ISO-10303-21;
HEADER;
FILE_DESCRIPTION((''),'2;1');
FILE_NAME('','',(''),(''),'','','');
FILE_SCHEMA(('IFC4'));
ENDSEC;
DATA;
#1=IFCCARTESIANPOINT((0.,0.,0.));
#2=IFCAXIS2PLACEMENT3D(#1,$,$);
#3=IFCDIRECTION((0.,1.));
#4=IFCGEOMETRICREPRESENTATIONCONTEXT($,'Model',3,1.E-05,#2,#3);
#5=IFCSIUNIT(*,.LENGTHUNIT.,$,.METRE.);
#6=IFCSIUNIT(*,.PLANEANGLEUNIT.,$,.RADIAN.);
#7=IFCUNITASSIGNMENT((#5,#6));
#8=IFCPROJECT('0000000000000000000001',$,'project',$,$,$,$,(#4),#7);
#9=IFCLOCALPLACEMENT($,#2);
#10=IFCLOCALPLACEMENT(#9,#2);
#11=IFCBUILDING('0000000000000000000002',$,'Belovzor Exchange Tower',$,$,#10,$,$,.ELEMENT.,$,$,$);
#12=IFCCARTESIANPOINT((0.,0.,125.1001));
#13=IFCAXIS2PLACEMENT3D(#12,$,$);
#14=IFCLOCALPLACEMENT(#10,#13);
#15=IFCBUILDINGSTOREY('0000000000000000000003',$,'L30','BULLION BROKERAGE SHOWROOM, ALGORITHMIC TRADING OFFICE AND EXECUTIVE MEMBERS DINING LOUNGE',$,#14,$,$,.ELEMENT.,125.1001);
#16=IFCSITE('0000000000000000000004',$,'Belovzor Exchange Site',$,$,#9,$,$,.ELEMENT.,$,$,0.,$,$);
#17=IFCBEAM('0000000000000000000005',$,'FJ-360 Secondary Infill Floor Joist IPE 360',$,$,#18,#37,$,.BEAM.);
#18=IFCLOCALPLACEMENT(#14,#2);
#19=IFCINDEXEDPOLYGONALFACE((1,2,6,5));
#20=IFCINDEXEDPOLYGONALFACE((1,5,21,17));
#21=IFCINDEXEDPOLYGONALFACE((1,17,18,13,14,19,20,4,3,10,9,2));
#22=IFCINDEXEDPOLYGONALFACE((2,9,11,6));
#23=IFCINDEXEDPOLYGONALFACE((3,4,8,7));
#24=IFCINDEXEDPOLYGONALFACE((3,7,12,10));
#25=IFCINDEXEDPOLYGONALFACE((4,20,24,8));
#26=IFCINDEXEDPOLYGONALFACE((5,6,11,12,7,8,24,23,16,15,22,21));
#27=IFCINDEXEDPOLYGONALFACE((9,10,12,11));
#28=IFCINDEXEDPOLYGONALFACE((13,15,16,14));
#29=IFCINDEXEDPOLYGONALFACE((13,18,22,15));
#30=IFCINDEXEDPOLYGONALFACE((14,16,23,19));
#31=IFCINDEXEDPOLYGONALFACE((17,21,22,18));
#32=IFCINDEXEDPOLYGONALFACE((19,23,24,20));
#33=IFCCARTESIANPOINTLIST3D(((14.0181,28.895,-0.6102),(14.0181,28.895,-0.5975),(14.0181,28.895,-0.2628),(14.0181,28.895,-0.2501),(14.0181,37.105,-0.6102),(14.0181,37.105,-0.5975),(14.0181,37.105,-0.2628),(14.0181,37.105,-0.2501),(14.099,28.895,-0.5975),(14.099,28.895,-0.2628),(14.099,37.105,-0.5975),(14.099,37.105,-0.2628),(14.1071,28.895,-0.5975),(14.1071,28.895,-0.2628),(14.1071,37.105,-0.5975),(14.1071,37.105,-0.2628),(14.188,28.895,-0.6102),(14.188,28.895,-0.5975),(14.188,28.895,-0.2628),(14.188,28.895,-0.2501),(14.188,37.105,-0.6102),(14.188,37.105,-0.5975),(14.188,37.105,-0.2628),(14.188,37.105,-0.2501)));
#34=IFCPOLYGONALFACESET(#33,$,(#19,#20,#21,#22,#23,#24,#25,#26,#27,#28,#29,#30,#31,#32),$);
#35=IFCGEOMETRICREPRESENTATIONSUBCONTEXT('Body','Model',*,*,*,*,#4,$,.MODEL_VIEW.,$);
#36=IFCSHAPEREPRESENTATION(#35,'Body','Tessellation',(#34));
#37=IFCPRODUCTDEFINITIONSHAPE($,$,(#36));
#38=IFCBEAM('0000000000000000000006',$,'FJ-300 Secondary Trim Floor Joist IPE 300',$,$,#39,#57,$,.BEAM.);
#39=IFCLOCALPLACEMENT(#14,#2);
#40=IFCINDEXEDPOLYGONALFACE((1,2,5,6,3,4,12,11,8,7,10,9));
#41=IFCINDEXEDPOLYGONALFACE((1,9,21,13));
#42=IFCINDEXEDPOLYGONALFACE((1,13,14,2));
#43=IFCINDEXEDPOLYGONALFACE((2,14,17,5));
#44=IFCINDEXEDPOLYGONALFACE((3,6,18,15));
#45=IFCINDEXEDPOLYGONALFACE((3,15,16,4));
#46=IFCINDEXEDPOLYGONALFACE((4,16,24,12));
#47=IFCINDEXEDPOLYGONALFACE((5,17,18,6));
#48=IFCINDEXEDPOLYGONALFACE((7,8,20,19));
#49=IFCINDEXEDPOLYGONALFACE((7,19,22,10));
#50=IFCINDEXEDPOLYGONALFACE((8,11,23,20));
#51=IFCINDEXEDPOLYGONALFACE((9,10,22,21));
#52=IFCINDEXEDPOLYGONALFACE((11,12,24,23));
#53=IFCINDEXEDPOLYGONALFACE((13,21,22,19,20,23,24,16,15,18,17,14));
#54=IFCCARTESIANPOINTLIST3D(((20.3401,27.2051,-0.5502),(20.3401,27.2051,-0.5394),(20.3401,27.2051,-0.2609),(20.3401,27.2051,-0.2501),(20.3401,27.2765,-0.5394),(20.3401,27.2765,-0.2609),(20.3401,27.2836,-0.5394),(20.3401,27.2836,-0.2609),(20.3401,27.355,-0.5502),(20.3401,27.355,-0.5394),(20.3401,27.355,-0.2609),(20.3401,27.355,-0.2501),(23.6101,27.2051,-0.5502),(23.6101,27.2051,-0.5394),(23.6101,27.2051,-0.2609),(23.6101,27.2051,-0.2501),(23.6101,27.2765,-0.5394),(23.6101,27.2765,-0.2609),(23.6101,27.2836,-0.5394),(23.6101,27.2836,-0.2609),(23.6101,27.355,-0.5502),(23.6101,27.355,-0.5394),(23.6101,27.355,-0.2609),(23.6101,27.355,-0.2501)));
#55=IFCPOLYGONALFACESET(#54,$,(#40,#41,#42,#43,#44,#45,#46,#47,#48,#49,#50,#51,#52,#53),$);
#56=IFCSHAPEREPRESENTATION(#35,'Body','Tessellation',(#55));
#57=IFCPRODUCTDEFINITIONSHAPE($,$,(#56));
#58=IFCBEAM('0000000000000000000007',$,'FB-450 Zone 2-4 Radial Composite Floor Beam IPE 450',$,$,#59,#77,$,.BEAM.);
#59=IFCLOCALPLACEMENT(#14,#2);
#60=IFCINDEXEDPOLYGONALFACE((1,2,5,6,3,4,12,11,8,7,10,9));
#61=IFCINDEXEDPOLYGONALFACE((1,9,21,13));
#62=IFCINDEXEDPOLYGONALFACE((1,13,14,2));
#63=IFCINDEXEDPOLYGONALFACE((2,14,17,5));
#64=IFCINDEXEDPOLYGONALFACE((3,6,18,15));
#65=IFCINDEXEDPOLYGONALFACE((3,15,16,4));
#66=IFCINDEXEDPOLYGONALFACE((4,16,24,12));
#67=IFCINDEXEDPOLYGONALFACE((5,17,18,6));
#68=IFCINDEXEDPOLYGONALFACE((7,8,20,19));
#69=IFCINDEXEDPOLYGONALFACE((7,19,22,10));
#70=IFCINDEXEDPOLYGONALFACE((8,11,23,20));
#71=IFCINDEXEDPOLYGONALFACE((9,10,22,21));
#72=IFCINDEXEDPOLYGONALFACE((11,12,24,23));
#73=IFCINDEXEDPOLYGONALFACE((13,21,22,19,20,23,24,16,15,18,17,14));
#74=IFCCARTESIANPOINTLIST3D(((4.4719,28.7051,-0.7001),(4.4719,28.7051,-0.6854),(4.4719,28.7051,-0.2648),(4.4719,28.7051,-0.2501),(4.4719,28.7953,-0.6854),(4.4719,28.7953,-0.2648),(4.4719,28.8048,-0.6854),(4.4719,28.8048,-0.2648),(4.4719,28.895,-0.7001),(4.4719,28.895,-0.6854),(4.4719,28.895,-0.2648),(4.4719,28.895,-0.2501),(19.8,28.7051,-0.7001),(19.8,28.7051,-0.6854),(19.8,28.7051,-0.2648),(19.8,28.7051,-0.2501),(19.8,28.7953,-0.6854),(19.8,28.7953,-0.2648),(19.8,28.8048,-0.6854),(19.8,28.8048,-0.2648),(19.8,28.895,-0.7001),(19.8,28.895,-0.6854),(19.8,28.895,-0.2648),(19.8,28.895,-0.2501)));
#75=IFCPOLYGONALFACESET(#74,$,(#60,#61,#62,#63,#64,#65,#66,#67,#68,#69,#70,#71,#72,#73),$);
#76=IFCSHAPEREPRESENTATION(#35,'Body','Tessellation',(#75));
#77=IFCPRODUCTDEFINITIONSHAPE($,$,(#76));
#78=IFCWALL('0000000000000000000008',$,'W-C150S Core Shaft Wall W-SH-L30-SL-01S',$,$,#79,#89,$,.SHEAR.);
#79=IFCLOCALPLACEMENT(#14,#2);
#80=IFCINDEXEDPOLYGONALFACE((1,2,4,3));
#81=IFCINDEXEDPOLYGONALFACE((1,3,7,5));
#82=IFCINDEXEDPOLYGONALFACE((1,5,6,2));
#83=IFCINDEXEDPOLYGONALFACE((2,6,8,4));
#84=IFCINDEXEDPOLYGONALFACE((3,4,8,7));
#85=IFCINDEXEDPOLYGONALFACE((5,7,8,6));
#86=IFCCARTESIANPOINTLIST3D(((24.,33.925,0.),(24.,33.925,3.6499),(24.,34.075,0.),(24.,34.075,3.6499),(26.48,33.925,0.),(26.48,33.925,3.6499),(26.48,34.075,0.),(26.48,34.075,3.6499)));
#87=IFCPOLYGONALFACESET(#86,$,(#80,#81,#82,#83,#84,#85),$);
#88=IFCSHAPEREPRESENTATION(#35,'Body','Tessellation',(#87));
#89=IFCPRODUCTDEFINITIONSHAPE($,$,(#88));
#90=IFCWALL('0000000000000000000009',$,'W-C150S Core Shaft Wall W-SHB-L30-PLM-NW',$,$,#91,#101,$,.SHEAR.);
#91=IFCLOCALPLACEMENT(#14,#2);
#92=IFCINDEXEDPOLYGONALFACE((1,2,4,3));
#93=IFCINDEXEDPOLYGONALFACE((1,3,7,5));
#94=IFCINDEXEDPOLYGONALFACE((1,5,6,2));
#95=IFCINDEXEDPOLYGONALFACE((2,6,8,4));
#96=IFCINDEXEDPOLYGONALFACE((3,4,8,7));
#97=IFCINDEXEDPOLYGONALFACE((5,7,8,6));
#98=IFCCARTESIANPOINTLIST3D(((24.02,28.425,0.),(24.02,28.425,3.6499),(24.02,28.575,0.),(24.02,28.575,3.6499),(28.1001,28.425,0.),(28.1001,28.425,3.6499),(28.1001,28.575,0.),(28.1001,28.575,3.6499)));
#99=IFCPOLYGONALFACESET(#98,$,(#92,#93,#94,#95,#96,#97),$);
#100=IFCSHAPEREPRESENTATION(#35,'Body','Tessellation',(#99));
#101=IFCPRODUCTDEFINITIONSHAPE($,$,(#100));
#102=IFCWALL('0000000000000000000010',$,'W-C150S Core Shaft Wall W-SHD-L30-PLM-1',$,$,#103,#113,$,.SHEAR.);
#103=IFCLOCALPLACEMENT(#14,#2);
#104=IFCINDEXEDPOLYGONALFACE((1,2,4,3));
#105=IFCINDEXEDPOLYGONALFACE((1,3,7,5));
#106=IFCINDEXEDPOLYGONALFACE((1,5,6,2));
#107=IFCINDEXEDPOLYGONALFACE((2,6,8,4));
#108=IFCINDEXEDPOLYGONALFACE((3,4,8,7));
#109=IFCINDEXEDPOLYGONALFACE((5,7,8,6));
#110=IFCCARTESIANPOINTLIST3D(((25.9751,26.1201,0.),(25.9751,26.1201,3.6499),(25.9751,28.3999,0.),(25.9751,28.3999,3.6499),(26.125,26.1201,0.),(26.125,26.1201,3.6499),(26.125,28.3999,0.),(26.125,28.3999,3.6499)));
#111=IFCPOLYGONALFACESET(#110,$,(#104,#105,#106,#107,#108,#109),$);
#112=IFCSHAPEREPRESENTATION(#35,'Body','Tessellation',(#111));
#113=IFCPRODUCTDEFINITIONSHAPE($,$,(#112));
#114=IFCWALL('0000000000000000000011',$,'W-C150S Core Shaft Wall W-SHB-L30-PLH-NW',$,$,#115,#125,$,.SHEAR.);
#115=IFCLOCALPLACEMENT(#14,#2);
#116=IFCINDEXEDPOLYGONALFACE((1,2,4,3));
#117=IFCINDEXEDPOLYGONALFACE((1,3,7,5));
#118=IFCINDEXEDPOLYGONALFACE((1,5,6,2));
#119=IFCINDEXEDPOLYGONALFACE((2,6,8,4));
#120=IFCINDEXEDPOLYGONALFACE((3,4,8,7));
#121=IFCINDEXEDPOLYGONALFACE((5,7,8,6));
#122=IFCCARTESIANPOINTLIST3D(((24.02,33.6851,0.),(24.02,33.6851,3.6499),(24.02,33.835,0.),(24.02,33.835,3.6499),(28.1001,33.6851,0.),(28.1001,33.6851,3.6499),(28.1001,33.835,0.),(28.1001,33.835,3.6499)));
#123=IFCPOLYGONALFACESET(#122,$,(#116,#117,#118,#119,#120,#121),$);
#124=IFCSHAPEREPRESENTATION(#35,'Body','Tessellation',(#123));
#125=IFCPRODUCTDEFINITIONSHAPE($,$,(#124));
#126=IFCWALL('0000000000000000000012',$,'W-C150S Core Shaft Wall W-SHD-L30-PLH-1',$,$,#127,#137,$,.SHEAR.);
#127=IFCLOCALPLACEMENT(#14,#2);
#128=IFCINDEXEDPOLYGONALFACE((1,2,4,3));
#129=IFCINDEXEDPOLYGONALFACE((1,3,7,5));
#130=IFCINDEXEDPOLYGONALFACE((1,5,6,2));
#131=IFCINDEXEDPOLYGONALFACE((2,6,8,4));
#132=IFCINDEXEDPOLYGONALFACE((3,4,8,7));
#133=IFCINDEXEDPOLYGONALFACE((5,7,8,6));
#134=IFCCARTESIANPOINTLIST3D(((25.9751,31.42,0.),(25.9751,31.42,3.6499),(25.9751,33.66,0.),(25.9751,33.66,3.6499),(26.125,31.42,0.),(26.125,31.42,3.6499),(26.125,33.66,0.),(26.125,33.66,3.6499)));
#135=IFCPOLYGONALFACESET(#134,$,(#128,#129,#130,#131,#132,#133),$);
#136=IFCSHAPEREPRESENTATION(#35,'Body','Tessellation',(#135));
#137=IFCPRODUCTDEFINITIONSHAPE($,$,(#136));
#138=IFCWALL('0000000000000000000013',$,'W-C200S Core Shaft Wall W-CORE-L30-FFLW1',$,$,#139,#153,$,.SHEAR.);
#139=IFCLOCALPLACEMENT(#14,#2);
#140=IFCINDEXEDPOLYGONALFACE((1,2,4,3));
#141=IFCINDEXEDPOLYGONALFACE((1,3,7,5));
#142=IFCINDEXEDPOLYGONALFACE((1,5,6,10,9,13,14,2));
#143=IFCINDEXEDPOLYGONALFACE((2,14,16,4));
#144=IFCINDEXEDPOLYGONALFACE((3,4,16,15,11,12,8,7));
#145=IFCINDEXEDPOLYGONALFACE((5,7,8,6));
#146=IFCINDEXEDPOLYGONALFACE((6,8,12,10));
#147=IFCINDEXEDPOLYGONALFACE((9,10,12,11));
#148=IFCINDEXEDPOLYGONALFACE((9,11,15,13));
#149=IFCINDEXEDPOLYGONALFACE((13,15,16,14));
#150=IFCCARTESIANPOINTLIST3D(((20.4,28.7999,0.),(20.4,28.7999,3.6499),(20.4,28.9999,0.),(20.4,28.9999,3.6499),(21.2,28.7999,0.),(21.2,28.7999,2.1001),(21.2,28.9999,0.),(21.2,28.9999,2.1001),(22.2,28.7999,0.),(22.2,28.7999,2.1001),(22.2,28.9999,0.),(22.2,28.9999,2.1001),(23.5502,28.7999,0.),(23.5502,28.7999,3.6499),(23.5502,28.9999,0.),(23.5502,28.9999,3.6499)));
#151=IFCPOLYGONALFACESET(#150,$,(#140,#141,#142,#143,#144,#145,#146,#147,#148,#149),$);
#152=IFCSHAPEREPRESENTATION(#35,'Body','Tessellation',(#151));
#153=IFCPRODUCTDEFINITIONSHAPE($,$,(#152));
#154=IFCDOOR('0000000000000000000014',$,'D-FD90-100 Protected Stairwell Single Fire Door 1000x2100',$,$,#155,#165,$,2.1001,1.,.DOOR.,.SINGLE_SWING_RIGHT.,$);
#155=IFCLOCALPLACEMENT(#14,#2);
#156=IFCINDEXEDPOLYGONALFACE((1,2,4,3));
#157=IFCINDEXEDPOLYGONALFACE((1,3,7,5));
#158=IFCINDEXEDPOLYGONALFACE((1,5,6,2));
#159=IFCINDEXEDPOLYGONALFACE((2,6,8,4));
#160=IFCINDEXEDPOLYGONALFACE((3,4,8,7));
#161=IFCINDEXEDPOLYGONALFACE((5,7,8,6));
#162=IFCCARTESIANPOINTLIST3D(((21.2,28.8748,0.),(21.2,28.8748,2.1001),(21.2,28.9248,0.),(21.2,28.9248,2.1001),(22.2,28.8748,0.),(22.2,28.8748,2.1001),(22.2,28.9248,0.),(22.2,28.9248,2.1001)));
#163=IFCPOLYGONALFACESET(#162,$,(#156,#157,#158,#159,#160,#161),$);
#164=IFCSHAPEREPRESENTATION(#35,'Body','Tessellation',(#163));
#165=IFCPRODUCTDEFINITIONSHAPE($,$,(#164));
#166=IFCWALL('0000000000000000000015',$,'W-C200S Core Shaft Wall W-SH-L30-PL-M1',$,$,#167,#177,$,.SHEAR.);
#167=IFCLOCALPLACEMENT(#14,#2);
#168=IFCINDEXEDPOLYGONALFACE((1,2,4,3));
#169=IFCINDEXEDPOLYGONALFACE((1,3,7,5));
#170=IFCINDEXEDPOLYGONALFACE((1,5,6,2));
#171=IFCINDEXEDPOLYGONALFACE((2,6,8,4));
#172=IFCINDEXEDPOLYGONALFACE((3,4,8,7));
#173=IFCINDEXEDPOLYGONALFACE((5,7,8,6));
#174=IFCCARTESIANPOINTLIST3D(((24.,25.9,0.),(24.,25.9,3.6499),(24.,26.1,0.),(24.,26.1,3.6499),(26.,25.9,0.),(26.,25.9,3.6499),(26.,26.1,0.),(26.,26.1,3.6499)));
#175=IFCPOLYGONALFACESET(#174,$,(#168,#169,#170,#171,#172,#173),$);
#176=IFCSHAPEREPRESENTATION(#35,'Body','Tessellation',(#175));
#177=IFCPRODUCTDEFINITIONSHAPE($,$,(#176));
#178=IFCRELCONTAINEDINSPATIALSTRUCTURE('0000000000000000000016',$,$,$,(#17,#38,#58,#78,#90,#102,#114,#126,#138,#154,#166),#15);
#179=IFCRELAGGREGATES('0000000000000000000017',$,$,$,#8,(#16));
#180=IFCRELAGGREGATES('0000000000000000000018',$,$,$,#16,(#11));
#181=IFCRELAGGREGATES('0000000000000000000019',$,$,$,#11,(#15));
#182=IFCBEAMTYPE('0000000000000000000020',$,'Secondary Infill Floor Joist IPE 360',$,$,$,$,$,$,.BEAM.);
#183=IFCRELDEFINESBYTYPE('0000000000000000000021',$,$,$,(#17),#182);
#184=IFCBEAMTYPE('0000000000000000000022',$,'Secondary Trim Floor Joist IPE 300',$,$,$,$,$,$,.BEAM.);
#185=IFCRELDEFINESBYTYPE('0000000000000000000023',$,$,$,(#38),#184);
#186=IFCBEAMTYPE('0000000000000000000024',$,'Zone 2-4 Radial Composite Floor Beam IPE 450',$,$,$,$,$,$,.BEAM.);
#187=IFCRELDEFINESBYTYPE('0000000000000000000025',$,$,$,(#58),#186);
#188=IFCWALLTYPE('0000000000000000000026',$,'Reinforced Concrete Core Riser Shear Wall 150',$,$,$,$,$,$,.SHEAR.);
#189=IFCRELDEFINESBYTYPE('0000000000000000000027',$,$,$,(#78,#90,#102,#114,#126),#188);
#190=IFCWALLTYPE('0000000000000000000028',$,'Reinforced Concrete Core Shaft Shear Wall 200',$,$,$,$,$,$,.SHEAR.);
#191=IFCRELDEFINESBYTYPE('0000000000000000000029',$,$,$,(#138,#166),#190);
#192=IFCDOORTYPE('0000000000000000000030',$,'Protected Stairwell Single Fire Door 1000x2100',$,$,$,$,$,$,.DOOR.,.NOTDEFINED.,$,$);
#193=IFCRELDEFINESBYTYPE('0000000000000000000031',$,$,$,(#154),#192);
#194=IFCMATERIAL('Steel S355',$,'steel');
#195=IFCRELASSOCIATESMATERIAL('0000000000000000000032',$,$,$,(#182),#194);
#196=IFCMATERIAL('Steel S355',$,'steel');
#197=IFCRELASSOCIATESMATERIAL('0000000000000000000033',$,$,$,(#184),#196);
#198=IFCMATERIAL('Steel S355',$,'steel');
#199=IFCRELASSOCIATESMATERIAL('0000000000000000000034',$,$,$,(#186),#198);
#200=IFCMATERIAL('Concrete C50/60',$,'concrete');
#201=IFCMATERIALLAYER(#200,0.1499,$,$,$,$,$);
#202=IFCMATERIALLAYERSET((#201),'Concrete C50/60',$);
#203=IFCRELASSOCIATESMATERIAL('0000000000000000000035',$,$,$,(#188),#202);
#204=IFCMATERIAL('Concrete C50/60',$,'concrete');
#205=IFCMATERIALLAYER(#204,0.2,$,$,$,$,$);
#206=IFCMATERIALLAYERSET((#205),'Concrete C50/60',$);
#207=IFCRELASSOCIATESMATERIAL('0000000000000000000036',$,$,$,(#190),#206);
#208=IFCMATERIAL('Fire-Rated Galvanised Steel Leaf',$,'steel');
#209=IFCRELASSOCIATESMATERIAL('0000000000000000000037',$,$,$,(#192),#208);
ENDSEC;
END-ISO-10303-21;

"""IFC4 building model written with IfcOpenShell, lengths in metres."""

from ifc_helpers import new_model, si_unit, direction, frame, frame_2d, origin, origin_2d, place, context, subcontext, project, spatial, rectangle, i_section, extrude, material, layer, layer_set, material_profile, profile_set, type_object, element, fill, save


model = new_model("IFC4")

# Units and contexts
model_context = context("Model", 3, precision=1e-05, world=origin(), true_north=direction((0.0, 1.0)))
body_context = subcontext(model_context, "Body", "Model", "MODEL_VIEW")
ifc_project = project(units=[si_unit("LENGTHUNIT", "METRE"), si_unit("PLANEANGLEUNIT", "RADIAN")], contexts=[model_context])

# Site, building, storey
site_placement = place(None, origin())
site = spatial("IfcSite", under=ifc_project, at=site_placement, Name="Belovzor Exchange Site", CompositionType="ELEMENT", RefElevation=0.0)
building_placement = place(site_placement, origin())
building = spatial("IfcBuilding", under=site, at=building_placement, Name="Belovzor Exchange Tower", CompositionType="ELEMENT")
storey_placement = place(building_placement, frame((0.0, 0.0, 125.1001)))
storey = spatial("IfcBuildingStorey", under=building, at=storey_placement, Name="L30", Description="BULLION BROKERAGE SHOWROOM, ALGORITHMIC TRADING OFFICE AND EXECUTIVE MEMBERS DINING LOUNGE", CompositionType="ELEMENT", Elevation=125.1001)

# Beams
ifc_material_1 = material(Name="Steel S355", Category="steel")
ifc_material_profile_1 = material_profile(ifc_material_1, i_section(OverallWidth=0.1699, OverallDepth=0.3601, WebThickness=0.0081, FlangeThickness=0.0127, at=origin_2d()))
ifc_profile_set_1 = profile_set([ifc_material_profile_1], Name="Steel S355")
beam_type_1 = type_object("IfcBeamType", Name="Secondary Infill Floor Joist IPE 360", PredefinedType="BEAM", material=ifc_profile_set_1)
beam_1_placement = place(storey_placement, frame((14.103, 28.895, -0.4302), z_axis=(0.0, 1.0, 0.0), x_axis=(-1.0, 0.0, 0.0)))
element("IfcBeam", 1, at=beam_1_placement, inside=storey, type_object=beam_type_1, Name="FJ-360 Secondary Infill Floor Joist IPE 360", PredefinedType="BEAM", context=body_context, shape_type="SweptSolid", body=[
    extrude(i_section(OverallWidth=0.1699, OverallDepth=0.3601, WebThickness=0.0081, FlangeThickness=0.0127, at=origin_2d()), origin(), (0.0, 0.0, 1.0), 8.21),
])
ifc_material_2 = material(Name="Steel S355", Category="steel")
ifc_material_profile_2 = material_profile(ifc_material_2, i_section(OverallWidth=0.1499, OverallDepth=0.3, WebThickness=0.0071, FlangeThickness=0.0107, at=origin_2d()))
ifc_profile_set_2 = profile_set([ifc_material_profile_2], Name="Steel S355")
beam_type_2 = type_object("IfcBeamType", Name="Secondary Trim Floor Joist IPE 300", PredefinedType="BEAM", material=ifc_profile_set_2)
beam_2_placement = place(storey_placement, frame((20.3401, 27.28, -0.4001), z_axis=(1.0, 0.0, 0.0), x_axis=(0.0, 1.0, 0.0)))
element("IfcBeam", 2, at=beam_2_placement, inside=storey, type_object=beam_type_2, Name="FJ-300 Secondary Trim Floor Joist IPE 300", PredefinedType="BEAM", context=body_context, shape_type="SweptSolid", body=[
    extrude(i_section(OverallWidth=0.1499, OverallDepth=0.3, WebThickness=0.0071, FlangeThickness=0.0107, at=origin_2d()), origin(), (0.0, 0.0, 1.0), 3.27),
])
ifc_material_3 = material(Name="Steel S355", Category="steel")
ifc_material_profile_3 = material_profile(ifc_material_3, i_section(OverallWidth=0.1899, OverallDepth=0.45, WebThickness=0.0095, FlangeThickness=0.0146, at=origin_2d()))
ifc_profile_set_3 = profile_set([ifc_material_profile_3], Name="Steel S355")
beam_type_3 = type_object("IfcBeamType", Name="Zone 2-4 Radial Composite Floor Beam IPE 450", PredefinedType="BEAM", material=ifc_profile_set_3)
beam_3_placement = place(storey_placement, frame((19.8, 28.8, -0.4751), z_axis=(-1.0, 0.0, 0.0), x_axis=(0.0, -1.0, 0.0)))
element("IfcBeam", 3, at=beam_3_placement, inside=storey, type_object=beam_type_3, Name="FB-450 Zone 2-4 Radial Composite Floor Beam IPE 450", PredefinedType="BEAM", context=body_context, shape_type="SweptSolid", body=[
    extrude(i_section(OverallWidth=0.1899, OverallDepth=0.45, WebThickness=0.0095, FlangeThickness=0.0146, at=origin_2d()), origin(), (0.0, 0.0, 1.0), 15.3281),
])

# Walls
ifc_material_4 = material(Name="Concrete C50/60", Category="concrete")
ifc_layer_1 = layer(ifc_material_4, 0.1499)
ifc_layer_set_1 = layer_set([ifc_layer_1], Name="Concrete C50/60")
wall_type_1 = type_object("IfcWallType", Name="Reinforced Concrete Core Riser Shear Wall 150", PredefinedType="SHEAR", material=ifc_layer_set_1)
wall_1_placement = place(storey_placement, frame((24.0, 34.0, 0.0), z_axis=(0.0, 0.0, 1.0), x_axis=(1.0, 0.0, 0.0)))
element("IfcWall", 4, at=wall_1_placement, inside=storey, type_object=wall_type_1, Name="W-C150S Core Shaft Wall W-SH-L30-SL-01S", PredefinedType="SHEAR", context=body_context, shape_type="SweptSolid", body=[
    extrude(rectangle(XDim=2.48, YDim=0.1499, at=frame_2d((1.24, 0.0))), origin(), (0.0, 0.0, 1.0), 3.6499),
])
wall_2_placement = place(storey_placement, frame((24.02, 28.5, 0.0), z_axis=(0.0, 0.0, 1.0), x_axis=(1.0, 0.0, 0.0)))
element("IfcWall", 5, at=wall_2_placement, inside=storey, type_object=wall_type_1, Name="W-C150S Core Shaft Wall W-SHB-L30-PLM-NW", PredefinedType="SHEAR", context=body_context, shape_type="SweptSolid", body=[
    extrude(rectangle(XDim=4.0801, YDim=0.1499, at=frame_2d((2.04, 0.0))), origin(), (0.0, 0.0, 1.0), 3.6499),
])
wall_3_placement = place(storey_placement, frame((26.05, 26.1201, 0.0), z_axis=(0.0, 0.0, 1.0), x_axis=(0.0, 1.0, 0.0)))
element("IfcWall", 6, at=wall_3_placement, inside=storey, type_object=wall_type_1, Name="W-C150S Core Shaft Wall W-SHD-L30-PLM-1", PredefinedType="SHEAR", context=body_context, shape_type="SweptSolid", body=[
    extrude(rectangle(XDim=2.2798, YDim=0.1499, at=frame_2d((1.1399, 0.0))), origin(), (0.0, 0.0, 1.0), 3.6499),
])
wall_4_placement = place(storey_placement, frame((24.02, 33.76, 0.0), z_axis=(0.0, 0.0, 1.0), x_axis=(1.0, 0.0, 0.0)))
element("IfcWall", 7, at=wall_4_placement, inside=storey, type_object=wall_type_1, Name="W-C150S Core Shaft Wall W-SHB-L30-PLH-NW", PredefinedType="SHEAR", context=body_context, shape_type="SweptSolid", body=[
    extrude(rectangle(XDim=4.0801, YDim=0.1499, at=frame_2d((2.04, 0.0))), origin(), (0.0, 0.0, 1.0), 3.6499),
])
wall_5_placement = place(storey_placement, frame((26.05, 31.4199, 0.0), z_axis=(0.0, 0.0, 1.0), x_axis=(0.0, 1.0, 0.0)))
element("IfcWall", 8, at=wall_5_placement, inside=storey, type_object=wall_type_1, Name="W-C150S Core Shaft Wall W-SHD-L30-PLH-1", PredefinedType="SHEAR", context=body_context, shape_type="SweptSolid", body=[
    extrude(rectangle(XDim=2.24, YDim=0.1499, at=frame_2d((1.1201, 0.0))), origin(), (0.0, 0.0, 1.0), 3.6499),
])

# Wall, opening, door
ifc_material_5 = material(Name="Concrete C50/60", Category="concrete")
ifc_layer_2 = layer(ifc_material_5, 0.2)
ifc_layer_set_2 = layer_set([ifc_layer_2], Name="Concrete C50/60")
wall_type_2 = type_object("IfcWallType", Name="Reinforced Concrete Core Shaft Shear Wall 200", PredefinedType="SHEAR", material=ifc_layer_set_2)
wall_6_placement = place(storey_placement, frame((20.3999, 28.8999, 0.0), z_axis=(0.0, 0.0, 1.0), x_axis=(1.0, 0.0, 0.0)))
wall_6 = element("IfcWall", 9, at=wall_6_placement, inside=storey, type_object=wall_type_2, Name="W-C200S Core Shaft Wall W-CORE-L30-FFLW1", PredefinedType="SHEAR", context=body_context, shape_type="SweptSolid", body=[
    extrude(rectangle(XDim=3.1501, YDim=0.2, at=frame_2d((1.5752, 0.0))), origin(), (0.0, 0.0, 1.0), 3.6499),
])
opening_1_placement = place(wall_6_placement, frame((0.8, 0.0, 0.0)))
opening_1 = element("IfcOpeningElement", 10, at=opening_1_placement, cuts=wall_6, PredefinedType="OPENING", context=body_context, shape_type="SweptSolid", body=[
    extrude(rectangle(XDim=1.0, YDim=2.1001, at=frame_2d((0.5, 1.05))), frame((0.0, 0.1099, 0.0), z_axis=(0.0, -1.0, 0.0), x_axis=(1.0, 0.0, 0.0)), (0.0, 0.0, 1.0), 0.22),
])
ifc_material_6 = material(Name="Fire-Rated Galvanised Steel Leaf", Category="steel")
door_type_1 = type_object("IfcDoorType", Name="Protected Stairwell Single Fire Door 1000x2100", OperationType="NOTDEFINED", PredefinedType="DOOR", material=ifc_material_6)
door_1_placement = place(opening_1_placement, origin())
door_1 = element("IfcDoor", 11, at=door_1_placement, inside=storey, type_object=door_type_1, Name="D-FD90-100 Protected Stairwell Single Fire Door 1000x2100", OperationType="SINGLE_SWING_RIGHT", OverallHeight=2.1001, OverallWidth=1.0, PredefinedType="DOOR", context=body_context, shape_type="SweptSolid", body=[
    extrude(rectangle(XDim=1.0, YDim=2.1001, at=frame_2d((0.5, 1.05))), frame((0.0, 0.0249, 0.0), z_axis=(0.0, -1.0, 0.0), x_axis=(1.0, 0.0, 0.0)), (0.0, 0.0, 1.0), 0.05),
])
fill(opening_1, door_1)

# Wall
for number, where, z_axis, x_axis, name in (
    (12, (24.0, 26.0, 0.0), (0.0, 0.0, 1.0), (1.0, 0.0, 0.0), "W-C200S Core Shaft Wall W-SH-L30-PL-M1"),
):
    element("IfcWall", number, at=place(storey_placement, frame(where, z_axis=z_axis, x_axis=x_axis)), inside=storey, type_object=wall_type_2, Name=name, PredefinedType="SHEAR", context=body_context, shape_type="SweptSolid", body=[
        extrude(rectangle(XDim=2.0, YDim=0.2, at=frame_2d((1.0, 0.0))), origin(), (0.0, 0.0, 1.0), 3.6499),
    ])

save(model, "model.ifc")
